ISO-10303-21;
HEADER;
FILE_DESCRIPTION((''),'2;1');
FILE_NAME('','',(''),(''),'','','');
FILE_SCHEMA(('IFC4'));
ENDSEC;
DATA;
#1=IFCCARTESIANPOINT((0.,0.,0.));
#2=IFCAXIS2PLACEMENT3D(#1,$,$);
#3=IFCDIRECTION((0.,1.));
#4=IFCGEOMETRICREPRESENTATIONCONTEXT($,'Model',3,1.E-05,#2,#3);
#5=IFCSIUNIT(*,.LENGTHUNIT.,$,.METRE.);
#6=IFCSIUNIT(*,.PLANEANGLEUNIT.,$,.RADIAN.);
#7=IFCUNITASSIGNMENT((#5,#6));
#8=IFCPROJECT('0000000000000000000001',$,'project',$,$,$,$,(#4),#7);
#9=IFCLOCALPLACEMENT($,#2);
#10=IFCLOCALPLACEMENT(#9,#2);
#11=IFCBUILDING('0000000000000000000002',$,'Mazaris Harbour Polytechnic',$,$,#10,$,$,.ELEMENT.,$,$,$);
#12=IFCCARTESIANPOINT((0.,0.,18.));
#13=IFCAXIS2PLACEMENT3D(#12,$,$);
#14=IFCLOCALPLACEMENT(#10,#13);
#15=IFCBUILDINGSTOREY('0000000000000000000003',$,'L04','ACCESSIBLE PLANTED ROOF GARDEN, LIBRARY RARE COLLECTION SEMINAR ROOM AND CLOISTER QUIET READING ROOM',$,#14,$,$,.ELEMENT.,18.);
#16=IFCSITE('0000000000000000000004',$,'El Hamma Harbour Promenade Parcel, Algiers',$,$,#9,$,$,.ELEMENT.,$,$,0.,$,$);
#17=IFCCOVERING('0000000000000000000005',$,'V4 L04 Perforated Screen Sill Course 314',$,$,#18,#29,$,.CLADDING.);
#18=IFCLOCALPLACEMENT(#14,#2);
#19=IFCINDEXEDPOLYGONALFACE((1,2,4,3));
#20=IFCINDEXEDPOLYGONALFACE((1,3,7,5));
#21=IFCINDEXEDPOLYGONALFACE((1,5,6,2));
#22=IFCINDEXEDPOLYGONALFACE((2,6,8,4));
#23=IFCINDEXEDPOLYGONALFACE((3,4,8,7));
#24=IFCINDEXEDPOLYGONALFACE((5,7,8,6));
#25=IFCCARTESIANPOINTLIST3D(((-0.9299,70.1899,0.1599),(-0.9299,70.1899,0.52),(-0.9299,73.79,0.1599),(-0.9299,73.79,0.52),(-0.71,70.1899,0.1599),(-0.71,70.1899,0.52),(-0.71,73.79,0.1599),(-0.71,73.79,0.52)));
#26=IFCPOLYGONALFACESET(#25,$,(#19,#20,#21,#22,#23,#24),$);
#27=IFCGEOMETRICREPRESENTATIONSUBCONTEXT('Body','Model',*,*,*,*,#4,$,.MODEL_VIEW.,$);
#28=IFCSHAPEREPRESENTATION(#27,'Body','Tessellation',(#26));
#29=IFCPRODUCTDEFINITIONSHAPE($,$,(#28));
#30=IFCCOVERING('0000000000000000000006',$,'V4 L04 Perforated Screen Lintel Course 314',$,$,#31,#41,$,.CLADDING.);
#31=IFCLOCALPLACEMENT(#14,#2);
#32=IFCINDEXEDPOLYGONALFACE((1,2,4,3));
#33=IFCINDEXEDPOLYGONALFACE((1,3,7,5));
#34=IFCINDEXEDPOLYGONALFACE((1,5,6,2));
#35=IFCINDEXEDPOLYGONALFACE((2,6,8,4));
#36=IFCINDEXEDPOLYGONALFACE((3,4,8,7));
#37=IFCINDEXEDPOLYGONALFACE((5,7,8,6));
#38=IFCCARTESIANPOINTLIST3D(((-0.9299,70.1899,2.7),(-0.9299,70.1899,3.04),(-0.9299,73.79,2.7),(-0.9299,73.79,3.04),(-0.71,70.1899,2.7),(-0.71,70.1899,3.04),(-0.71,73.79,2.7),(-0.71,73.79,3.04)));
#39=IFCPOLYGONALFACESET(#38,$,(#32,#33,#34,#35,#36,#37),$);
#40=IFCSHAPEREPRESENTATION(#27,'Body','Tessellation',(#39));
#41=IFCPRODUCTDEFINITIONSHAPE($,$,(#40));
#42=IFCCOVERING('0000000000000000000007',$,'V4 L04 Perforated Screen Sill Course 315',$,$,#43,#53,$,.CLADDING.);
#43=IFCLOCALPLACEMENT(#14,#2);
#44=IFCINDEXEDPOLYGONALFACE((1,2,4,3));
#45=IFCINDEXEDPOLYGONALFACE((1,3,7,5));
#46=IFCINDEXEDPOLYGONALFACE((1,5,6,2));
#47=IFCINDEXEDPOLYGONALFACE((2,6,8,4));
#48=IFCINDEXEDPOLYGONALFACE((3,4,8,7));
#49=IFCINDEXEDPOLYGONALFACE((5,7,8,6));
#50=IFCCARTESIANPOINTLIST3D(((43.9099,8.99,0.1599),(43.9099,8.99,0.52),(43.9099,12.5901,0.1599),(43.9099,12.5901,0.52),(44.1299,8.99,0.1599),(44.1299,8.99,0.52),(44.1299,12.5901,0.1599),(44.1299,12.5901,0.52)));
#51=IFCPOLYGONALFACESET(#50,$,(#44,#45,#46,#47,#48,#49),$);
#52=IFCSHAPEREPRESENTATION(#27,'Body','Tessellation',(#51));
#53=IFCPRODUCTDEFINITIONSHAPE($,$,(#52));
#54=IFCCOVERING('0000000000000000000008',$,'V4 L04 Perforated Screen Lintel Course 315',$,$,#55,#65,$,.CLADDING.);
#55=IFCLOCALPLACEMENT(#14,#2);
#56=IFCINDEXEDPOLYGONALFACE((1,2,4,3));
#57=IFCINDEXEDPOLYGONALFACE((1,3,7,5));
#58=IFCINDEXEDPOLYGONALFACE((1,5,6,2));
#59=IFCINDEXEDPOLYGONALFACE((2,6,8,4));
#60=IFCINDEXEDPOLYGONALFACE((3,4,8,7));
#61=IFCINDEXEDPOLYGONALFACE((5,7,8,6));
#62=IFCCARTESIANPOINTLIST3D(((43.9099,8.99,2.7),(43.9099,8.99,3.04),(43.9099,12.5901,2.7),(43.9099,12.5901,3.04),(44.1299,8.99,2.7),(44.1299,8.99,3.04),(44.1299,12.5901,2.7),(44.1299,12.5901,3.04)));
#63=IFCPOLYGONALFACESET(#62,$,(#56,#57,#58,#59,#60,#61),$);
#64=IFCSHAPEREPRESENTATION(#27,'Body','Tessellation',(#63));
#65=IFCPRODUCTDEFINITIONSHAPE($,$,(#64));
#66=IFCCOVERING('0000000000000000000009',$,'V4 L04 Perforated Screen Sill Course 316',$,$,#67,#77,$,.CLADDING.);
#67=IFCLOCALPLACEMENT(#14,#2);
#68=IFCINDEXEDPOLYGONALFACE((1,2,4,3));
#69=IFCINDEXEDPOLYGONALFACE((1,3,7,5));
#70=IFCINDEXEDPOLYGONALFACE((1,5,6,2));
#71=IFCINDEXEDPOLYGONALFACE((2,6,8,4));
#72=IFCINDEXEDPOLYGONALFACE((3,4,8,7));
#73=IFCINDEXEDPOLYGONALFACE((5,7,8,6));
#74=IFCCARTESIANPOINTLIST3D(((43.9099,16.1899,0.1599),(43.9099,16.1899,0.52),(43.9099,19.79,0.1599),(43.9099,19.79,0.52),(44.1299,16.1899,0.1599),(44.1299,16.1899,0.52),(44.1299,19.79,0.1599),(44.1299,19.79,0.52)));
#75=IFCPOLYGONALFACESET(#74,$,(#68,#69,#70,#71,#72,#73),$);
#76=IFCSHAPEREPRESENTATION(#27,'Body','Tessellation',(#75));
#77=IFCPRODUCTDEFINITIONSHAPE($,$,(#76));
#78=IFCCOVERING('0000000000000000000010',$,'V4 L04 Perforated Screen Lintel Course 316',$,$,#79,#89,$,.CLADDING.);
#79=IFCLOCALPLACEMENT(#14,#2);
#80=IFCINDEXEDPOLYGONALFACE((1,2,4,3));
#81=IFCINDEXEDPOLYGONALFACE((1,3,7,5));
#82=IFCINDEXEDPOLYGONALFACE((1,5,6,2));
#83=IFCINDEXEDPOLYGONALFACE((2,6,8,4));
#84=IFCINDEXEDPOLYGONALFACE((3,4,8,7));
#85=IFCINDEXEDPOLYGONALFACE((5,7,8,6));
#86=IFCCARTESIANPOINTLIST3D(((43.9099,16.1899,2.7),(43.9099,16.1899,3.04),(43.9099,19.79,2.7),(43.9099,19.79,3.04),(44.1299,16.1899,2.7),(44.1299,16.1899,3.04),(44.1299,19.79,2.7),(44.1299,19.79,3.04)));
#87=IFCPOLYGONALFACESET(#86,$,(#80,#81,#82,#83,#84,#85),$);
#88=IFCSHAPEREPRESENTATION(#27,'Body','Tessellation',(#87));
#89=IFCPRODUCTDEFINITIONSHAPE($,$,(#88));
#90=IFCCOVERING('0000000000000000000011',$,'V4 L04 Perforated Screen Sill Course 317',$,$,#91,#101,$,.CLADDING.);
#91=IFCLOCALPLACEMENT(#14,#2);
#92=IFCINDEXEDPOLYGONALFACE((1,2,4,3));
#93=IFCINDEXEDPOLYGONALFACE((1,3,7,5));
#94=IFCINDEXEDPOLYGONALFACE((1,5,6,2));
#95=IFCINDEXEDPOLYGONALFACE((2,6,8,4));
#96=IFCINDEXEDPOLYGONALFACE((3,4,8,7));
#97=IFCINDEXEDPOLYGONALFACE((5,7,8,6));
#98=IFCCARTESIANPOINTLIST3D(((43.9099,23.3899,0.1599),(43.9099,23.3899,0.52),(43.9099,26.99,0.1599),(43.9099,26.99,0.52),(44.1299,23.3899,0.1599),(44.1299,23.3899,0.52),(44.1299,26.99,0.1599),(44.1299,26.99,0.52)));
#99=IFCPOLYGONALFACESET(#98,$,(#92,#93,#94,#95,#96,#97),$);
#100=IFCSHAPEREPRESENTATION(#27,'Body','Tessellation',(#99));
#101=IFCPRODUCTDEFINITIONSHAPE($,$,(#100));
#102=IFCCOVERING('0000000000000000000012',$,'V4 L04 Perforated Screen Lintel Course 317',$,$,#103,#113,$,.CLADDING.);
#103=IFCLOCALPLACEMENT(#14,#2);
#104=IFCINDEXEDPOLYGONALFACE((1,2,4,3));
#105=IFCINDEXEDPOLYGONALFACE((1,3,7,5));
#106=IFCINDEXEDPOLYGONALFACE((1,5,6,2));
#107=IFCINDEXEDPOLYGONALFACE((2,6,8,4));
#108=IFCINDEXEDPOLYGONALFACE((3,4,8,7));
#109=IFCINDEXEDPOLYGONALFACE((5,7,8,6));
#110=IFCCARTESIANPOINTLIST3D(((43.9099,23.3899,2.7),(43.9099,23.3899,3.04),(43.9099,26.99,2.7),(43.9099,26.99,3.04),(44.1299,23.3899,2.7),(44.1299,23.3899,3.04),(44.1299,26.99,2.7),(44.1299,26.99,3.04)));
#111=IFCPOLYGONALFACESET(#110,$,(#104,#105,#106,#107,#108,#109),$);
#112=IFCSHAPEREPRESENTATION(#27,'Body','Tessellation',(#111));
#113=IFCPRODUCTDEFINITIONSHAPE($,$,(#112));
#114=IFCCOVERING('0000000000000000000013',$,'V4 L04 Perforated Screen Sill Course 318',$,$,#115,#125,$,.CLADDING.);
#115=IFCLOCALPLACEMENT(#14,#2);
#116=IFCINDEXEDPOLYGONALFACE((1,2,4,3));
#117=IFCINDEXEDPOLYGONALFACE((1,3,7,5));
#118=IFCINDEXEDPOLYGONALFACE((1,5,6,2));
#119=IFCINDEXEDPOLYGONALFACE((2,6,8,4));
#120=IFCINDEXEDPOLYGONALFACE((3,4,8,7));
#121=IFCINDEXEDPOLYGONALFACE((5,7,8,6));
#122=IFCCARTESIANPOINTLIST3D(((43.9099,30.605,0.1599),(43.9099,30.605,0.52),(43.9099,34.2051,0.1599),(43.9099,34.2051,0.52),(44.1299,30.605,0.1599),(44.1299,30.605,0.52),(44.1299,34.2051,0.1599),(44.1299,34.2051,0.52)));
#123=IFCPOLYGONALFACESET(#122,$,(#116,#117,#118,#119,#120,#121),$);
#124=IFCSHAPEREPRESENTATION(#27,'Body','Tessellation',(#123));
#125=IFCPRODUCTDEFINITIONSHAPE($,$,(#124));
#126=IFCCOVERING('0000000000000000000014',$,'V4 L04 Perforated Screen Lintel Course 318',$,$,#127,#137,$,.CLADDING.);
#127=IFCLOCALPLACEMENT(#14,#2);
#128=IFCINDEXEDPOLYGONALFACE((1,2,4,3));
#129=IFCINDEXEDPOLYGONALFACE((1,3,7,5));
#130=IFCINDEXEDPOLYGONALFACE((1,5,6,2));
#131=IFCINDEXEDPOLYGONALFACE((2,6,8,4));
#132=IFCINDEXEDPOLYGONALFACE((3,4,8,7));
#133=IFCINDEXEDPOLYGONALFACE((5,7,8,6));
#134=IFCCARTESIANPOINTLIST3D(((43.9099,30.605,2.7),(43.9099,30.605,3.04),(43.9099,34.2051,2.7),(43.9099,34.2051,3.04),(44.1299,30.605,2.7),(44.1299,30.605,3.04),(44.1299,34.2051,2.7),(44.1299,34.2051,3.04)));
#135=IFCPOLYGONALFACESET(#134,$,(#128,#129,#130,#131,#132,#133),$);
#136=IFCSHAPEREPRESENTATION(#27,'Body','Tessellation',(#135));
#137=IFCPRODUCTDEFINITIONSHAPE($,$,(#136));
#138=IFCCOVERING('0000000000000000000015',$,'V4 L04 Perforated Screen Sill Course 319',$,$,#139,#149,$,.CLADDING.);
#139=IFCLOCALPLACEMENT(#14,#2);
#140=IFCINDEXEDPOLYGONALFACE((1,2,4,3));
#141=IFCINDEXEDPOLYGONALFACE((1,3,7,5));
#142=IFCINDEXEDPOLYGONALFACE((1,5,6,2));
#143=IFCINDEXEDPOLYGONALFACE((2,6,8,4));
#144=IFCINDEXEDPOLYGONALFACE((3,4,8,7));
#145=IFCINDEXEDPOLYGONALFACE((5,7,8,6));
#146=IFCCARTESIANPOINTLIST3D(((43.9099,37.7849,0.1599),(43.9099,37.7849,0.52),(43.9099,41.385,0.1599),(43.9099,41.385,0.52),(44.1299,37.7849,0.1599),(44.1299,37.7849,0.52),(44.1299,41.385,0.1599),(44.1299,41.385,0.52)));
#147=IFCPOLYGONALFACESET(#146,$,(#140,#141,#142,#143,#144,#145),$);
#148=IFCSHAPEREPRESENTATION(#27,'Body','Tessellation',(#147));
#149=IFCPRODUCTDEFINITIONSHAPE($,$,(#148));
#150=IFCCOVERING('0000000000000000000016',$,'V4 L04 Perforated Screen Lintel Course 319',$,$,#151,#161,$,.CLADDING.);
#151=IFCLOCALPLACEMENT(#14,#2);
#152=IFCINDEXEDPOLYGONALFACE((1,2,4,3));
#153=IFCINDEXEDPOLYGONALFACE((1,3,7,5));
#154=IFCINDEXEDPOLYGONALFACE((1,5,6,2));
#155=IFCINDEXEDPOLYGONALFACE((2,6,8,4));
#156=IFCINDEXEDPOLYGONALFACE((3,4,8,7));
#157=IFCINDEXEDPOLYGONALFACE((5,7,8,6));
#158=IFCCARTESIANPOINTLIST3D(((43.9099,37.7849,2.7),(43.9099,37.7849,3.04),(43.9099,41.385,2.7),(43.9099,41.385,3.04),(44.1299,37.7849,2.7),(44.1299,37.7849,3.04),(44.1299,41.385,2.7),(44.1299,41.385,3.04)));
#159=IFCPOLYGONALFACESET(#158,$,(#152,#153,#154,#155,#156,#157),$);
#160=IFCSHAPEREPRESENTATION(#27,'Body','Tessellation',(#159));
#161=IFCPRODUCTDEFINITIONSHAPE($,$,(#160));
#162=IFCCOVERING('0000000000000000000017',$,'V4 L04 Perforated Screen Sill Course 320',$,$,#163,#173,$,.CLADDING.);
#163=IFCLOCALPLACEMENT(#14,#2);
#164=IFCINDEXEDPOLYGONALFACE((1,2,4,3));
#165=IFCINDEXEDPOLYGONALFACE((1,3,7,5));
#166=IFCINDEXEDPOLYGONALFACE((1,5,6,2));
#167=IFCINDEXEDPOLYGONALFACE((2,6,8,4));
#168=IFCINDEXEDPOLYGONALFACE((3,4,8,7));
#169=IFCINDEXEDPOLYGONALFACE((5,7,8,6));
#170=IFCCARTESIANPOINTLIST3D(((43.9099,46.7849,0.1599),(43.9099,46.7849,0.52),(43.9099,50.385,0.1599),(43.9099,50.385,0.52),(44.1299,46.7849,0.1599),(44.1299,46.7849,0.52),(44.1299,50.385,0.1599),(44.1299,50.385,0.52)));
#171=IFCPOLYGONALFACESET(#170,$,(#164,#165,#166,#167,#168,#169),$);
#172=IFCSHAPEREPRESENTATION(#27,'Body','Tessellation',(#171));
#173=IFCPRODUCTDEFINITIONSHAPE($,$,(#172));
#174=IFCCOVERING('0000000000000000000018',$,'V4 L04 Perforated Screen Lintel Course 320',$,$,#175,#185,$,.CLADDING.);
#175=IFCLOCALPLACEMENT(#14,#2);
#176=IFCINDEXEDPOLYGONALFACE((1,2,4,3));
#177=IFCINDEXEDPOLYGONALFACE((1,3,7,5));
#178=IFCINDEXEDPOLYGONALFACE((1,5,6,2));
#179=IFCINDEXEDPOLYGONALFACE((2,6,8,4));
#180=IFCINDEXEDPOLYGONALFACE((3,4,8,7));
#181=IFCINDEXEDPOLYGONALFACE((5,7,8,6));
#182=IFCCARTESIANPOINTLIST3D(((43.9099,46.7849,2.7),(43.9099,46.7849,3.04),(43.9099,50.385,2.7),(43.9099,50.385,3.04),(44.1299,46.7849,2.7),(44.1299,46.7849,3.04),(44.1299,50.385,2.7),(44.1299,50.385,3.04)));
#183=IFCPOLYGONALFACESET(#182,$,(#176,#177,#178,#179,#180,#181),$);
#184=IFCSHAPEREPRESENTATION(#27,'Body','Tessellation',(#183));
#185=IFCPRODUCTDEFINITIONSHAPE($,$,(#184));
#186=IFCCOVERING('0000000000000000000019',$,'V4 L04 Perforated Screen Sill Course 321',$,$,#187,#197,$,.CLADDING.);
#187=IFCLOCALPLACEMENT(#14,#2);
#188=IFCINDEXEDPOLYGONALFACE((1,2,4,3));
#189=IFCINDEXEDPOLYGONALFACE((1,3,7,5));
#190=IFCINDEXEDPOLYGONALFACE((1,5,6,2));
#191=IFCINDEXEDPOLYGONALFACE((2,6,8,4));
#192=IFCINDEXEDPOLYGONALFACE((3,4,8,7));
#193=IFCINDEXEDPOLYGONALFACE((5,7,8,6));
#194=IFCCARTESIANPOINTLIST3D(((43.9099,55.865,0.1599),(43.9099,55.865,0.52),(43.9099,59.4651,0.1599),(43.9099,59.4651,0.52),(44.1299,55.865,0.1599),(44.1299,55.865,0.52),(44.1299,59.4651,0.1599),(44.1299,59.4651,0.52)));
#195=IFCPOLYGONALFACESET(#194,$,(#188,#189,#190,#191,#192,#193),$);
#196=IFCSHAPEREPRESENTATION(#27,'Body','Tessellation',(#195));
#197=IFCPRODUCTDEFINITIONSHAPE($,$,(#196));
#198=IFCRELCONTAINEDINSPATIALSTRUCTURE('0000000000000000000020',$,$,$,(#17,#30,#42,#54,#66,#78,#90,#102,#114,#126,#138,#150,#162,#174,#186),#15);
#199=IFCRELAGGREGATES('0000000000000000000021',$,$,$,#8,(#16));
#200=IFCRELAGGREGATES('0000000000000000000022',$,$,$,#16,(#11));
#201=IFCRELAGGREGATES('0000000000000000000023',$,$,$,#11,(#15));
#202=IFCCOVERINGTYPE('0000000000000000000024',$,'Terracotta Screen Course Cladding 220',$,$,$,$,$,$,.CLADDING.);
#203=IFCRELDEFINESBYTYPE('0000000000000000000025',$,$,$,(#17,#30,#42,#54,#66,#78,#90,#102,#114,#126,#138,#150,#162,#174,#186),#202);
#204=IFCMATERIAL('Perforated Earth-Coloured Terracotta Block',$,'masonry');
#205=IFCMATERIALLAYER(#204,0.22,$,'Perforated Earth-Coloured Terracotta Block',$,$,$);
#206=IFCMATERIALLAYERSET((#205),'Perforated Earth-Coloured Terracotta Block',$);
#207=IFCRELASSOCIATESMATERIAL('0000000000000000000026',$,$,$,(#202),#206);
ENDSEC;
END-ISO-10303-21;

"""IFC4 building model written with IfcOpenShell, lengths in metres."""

from ifc_helpers import new_model, si_unit, direction, frame, origin, place, context, subcontext, project, spatial, polyline, outline, extrude, material, layer, layer_set, type_object, element, save


model = new_model("IFC4")

# Units and contexts
model_context = context("Model", 3, precision=1e-05, world=origin(), true_north=direction((0.0, 1.0)))
body_context = subcontext(model_context, "Body", "Model", "MODEL_VIEW")
ifc_project = project(units=[si_unit("LENGTHUNIT", "METRE"), si_unit("PLANEANGLEUNIT", "RADIAN")], contexts=[model_context])

# Site, building, storey
site_placement = place(None, origin())
site = spatial("IfcSite", under=ifc_project, at=site_placement, Name="El Hamma Harbour Promenade Parcel, Algiers", CompositionType="ELEMENT", RefElevation=0.0)
building_placement = place(site_placement, origin())
building = spatial("IfcBuilding", under=site, at=building_placement, Name="Mazaris Harbour Polytechnic", CompositionType="ELEMENT")
storey_placement = place(building_placement, frame((0.0, 0.0, 18.0)))
storey = spatial("IfcBuildingStorey", under=building, at=storey_placement, Name="L04", Description="ACCESSIBLE PLANTED ROOF GARDEN, LIBRARY RARE COLLECTION SEMINAR ROOM AND CLOISTER QUIET READING ROOM", CompositionType="ELEMENT", Elevation=18.0)

# Coverings
ifc_material = material(Name="Perforated Earth-Coloured Terracotta Block", Category="masonry")
ifc_layer = layer(ifc_material, 0.22, Name="Perforated Earth-Coloured Terracotta Block")
ifc_layer_set = layer_set([ifc_layer], Name="Perforated Earth-Coloured Terracotta Block")
covering_type = type_object("IfcCoveringType", Name="Terracotta Screen Course Cladding 220", PredefinedType="CLADDING", material=ifc_layer_set)
covering_1_placement = place(storey_placement, frame((0.0, 0.0, 0.1599)))
element("IfcCovering", 1, at=covering_1_placement, inside=storey, type_object=covering_type, Name="V4 L04 Perforated Screen Sill Course 314", PredefinedType="CLADDING", context=body_context, shape_type="SweptSolid", body=[
    extrude(outline(polyline([(-0.71, 70.1899), (-0.71, 73.79), (-0.9299, 73.79), (-0.9299, 70.1899), (-0.71, 70.1899)])), origin(), (0.0, 0.0, 1.0), 0.3601),
])
covering_2_placement = place(storey_placement, frame((0.0, 0.0, 2.7)))
element("IfcCovering", 2, at=covering_2_placement, inside=storey, type_object=covering_type, Name="V4 L04 Perforated Screen Lintel Course 314", PredefinedType="CLADDING", context=body_context, shape_type="SweptSolid", body=[
    extrude(outline(polyline([(-0.71, 70.1899), (-0.71, 73.79), (-0.9299, 73.79), (-0.9299, 70.1899), (-0.71, 70.1899)])), origin(), (0.0, 0.0, 1.0), 0.3401),
])
covering_3_placement = place(storey_placement, frame((0.0, 0.0, 0.1599)))
element("IfcCovering", 3, at=covering_3_placement, inside=storey, type_object=covering_type, Name="V4 L04 Perforated Screen Sill Course 315", PredefinedType="CLADDING", context=body_context, shape_type="SweptSolid", body=[
    extrude(outline(polyline([(43.9099, 12.5901), (43.9099, 8.99), (44.1299, 8.99), (44.1299, 12.5901), (43.9099, 12.5901)])), origin(), (0.0, 0.0, 1.0), 0.3601),
])
covering_4_placement = place(storey_placement, frame((0.0, 0.0, 2.7)))
element("IfcCovering", 4, at=covering_4_placement, inside=storey, type_object=covering_type, Name="V4 L04 Perforated Screen Lintel Course 315", PredefinedType="CLADDING", context=body_context, shape_type="SweptSolid", body=[
    extrude(outline(polyline([(43.9099, 12.5901), (43.9099, 8.99), (44.1299, 8.99), (44.1299, 12.5901), (43.9099, 12.5901)])), origin(), (0.0, 0.0, 1.0), 0.3401),
])
covering_5_placement = place(storey_placement, frame((0.0, 0.0, 0.1599)))
element("IfcCovering", 5, at=covering_5_placement, inside=storey, type_object=covering_type, Name="V4 L04 Perforated Screen Sill Course 316", PredefinedType="CLADDING", context=body_context, shape_type="SweptSolid", body=[
    extrude(outline(polyline([(43.9099, 19.79), (43.9099, 16.1899), (44.1299, 16.1899), (44.1299, 19.79), (43.9099, 19.79)])), origin(), (0.0, 0.0, 1.0), 0.3601),
])
covering_6_placement = place(storey_placement, frame((0.0, 0.0, 2.7)))
element("IfcCovering", 6, at=covering_6_placement, inside=storey, type_object=covering_type, Name="V4 L04 Perforated Screen Lintel Course 316", PredefinedType="CLADDING", context=body_context, shape_type="SweptSolid", body=[
    extrude(outline(polyline([(43.9099, 19.79), (43.9099, 16.1899), (44.1299, 16.1899), (44.1299, 19.79), (43.9099, 19.79)])), origin(), (0.0, 0.0, 1.0), 0.3401),
])
covering_7_placement = place(storey_placement, frame((0.0, 0.0, 0.1599)))
element("IfcCovering", 7, at=covering_7_placement, inside=storey, type_object=covering_type, Name="V4 L04 Perforated Screen Sill Course 317", PredefinedType="CLADDING", context=body_context, shape_type="SweptSolid", body=[
    extrude(outline(polyline([(43.9099, 26.99), (43.9099, 23.3899), (44.1299, 23.3899), (44.1299, 26.99), (43.9099, 26.99)])), origin(), (0.0, 0.0, 1.0), 0.3601),
])
covering_8_placement = place(storey_placement, frame((0.0, 0.0, 2.7)))
element("IfcCovering", 8, at=covering_8_placement, inside=storey, type_object=covering_type, Name="V4 L04 Perforated Screen Lintel Course 317", PredefinedType="CLADDING", context=body_context, shape_type="SweptSolid", body=[
    extrude(outline(polyline([(43.9099, 26.99), (43.9099, 23.3899), (44.1299, 23.3899), (44.1299, 26.99), (43.9099, 26.99)])), origin(), (0.0, 0.0, 1.0), 0.3401),
])
covering_9_placement = place(storey_placement, frame((0.0, 0.0, 0.1599)))
element("IfcCovering", 9, at=covering_9_placement, inside=storey, type_object=covering_type, Name="V4 L04 Perforated Screen Sill Course 318", PredefinedType="CLADDING", context=body_context, shape_type="SweptSolid", body=[
    extrude(outline(polyline([(43.9099, 34.2051), (43.9099, 30.605), (44.1299, 30.605), (44.1299, 34.2051), (43.9099, 34.2051)])), origin(), (0.0, 0.0, 1.0), 0.3601),
])
covering_10_placement = place(storey_placement, frame((0.0, 0.0, 2.7)))
element("IfcCovering", 10, at=covering_10_placement, inside=storey, type_object=covering_type, Name="V4 L04 Perforated Screen Lintel Course 318", PredefinedType="CLADDING", context=body_context, shape_type="SweptSolid", body=[
    extrude(outline(polyline([(43.9099, 34.2051), (43.9099, 30.605), (44.1299, 30.605), (44.1299, 34.2051), (43.9099, 34.2051)])), origin(), (0.0, 0.0, 1.0), 0.3401),
])
covering_11_placement = place(storey_placement, frame((0.0, 0.0, 0.1599)))
element("IfcCovering", 11, at=covering_11_placement, inside=storey, type_object=covering_type, Name="V4 L04 Perforated Screen Sill Course 319", PredefinedType="CLADDING", context=body_context, shape_type="SweptSolid", body=[
    extrude(outline(polyline([(43.9099, 41.385), (43.9099, 37.7849), (44.1299, 37.7849), (44.1299, 41.385), (43.9099, 41.385)])), origin(), (0.0, 0.0, 1.0), 0.3601),
])
covering_12_placement = place(storey_placement, frame((0.0, 0.0, 2.7)))
element("IfcCovering", 12, at=covering_12_placement, inside=storey, type_object=covering_type, Name="V4 L04 Perforated Screen Lintel Course 319", PredefinedType="CLADDING", context=body_context, shape_type="SweptSolid", body=[
    extrude(outline(polyline([(43.9099, 41.385), (43.9099, 37.7849), (44.1299, 37.7849), (44.1299, 41.385), (43.9099, 41.385)])), origin(), (0.0, 0.0, 1.0), 0.3401),
])
covering_13_placement = place(storey_placement, frame((0.0, 0.0, 0.1599)))
element("IfcCovering", 13, at=covering_13_placement, inside=storey, type_object=covering_type, Name="V4 L04 Perforated Screen Sill Course 320", PredefinedType="CLADDING", context=body_context, shape_type="SweptSolid", body=[
    extrude(outline(polyline([(43.9099, 50.385), (43.9099, 46.7849), (44.1299, 46.7849), (44.1299, 50.385), (43.9099, 50.385)])), origin(), (0.0, 0.0, 1.0), 0.3601),
])
covering_14_placement = place(storey_placement, frame((0.0, 0.0, 2.7)))
element("IfcCovering", 14, at=covering_14_placement, inside=storey, type_object=covering_type, Name="V4 L04 Perforated Screen Lintel Course 320", PredefinedType="CLADDING", context=body_context, shape_type="SweptSolid", body=[
    extrude(outline(polyline([(43.9099, 50.385), (43.9099, 46.7849), (44.1299, 46.7849), (44.1299, 50.385), (43.9099, 50.385)])), origin(), (0.0, 0.0, 1.0), 0.3401),
])
covering_15_placement = place(storey_placement, frame((0.0, 0.0, 0.1599)))
element("IfcCovering", 15, at=covering_15_placement, inside=storey, type_object=covering_type, Name="V4 L04 Perforated Screen Sill Course 321", PredefinedType="CLADDING", context=body_context, shape_type="SweptSolid", body=[
    extrude(outline(polyline([(43.9099, 59.4651), (43.9099, 55.865), (44.1299, 55.865), (44.1299, 59.4651), (43.9099, 59.4651)])), origin(), (0.0, 0.0, 1.0), 0.3601),
])

save(model, "model.ifc")
